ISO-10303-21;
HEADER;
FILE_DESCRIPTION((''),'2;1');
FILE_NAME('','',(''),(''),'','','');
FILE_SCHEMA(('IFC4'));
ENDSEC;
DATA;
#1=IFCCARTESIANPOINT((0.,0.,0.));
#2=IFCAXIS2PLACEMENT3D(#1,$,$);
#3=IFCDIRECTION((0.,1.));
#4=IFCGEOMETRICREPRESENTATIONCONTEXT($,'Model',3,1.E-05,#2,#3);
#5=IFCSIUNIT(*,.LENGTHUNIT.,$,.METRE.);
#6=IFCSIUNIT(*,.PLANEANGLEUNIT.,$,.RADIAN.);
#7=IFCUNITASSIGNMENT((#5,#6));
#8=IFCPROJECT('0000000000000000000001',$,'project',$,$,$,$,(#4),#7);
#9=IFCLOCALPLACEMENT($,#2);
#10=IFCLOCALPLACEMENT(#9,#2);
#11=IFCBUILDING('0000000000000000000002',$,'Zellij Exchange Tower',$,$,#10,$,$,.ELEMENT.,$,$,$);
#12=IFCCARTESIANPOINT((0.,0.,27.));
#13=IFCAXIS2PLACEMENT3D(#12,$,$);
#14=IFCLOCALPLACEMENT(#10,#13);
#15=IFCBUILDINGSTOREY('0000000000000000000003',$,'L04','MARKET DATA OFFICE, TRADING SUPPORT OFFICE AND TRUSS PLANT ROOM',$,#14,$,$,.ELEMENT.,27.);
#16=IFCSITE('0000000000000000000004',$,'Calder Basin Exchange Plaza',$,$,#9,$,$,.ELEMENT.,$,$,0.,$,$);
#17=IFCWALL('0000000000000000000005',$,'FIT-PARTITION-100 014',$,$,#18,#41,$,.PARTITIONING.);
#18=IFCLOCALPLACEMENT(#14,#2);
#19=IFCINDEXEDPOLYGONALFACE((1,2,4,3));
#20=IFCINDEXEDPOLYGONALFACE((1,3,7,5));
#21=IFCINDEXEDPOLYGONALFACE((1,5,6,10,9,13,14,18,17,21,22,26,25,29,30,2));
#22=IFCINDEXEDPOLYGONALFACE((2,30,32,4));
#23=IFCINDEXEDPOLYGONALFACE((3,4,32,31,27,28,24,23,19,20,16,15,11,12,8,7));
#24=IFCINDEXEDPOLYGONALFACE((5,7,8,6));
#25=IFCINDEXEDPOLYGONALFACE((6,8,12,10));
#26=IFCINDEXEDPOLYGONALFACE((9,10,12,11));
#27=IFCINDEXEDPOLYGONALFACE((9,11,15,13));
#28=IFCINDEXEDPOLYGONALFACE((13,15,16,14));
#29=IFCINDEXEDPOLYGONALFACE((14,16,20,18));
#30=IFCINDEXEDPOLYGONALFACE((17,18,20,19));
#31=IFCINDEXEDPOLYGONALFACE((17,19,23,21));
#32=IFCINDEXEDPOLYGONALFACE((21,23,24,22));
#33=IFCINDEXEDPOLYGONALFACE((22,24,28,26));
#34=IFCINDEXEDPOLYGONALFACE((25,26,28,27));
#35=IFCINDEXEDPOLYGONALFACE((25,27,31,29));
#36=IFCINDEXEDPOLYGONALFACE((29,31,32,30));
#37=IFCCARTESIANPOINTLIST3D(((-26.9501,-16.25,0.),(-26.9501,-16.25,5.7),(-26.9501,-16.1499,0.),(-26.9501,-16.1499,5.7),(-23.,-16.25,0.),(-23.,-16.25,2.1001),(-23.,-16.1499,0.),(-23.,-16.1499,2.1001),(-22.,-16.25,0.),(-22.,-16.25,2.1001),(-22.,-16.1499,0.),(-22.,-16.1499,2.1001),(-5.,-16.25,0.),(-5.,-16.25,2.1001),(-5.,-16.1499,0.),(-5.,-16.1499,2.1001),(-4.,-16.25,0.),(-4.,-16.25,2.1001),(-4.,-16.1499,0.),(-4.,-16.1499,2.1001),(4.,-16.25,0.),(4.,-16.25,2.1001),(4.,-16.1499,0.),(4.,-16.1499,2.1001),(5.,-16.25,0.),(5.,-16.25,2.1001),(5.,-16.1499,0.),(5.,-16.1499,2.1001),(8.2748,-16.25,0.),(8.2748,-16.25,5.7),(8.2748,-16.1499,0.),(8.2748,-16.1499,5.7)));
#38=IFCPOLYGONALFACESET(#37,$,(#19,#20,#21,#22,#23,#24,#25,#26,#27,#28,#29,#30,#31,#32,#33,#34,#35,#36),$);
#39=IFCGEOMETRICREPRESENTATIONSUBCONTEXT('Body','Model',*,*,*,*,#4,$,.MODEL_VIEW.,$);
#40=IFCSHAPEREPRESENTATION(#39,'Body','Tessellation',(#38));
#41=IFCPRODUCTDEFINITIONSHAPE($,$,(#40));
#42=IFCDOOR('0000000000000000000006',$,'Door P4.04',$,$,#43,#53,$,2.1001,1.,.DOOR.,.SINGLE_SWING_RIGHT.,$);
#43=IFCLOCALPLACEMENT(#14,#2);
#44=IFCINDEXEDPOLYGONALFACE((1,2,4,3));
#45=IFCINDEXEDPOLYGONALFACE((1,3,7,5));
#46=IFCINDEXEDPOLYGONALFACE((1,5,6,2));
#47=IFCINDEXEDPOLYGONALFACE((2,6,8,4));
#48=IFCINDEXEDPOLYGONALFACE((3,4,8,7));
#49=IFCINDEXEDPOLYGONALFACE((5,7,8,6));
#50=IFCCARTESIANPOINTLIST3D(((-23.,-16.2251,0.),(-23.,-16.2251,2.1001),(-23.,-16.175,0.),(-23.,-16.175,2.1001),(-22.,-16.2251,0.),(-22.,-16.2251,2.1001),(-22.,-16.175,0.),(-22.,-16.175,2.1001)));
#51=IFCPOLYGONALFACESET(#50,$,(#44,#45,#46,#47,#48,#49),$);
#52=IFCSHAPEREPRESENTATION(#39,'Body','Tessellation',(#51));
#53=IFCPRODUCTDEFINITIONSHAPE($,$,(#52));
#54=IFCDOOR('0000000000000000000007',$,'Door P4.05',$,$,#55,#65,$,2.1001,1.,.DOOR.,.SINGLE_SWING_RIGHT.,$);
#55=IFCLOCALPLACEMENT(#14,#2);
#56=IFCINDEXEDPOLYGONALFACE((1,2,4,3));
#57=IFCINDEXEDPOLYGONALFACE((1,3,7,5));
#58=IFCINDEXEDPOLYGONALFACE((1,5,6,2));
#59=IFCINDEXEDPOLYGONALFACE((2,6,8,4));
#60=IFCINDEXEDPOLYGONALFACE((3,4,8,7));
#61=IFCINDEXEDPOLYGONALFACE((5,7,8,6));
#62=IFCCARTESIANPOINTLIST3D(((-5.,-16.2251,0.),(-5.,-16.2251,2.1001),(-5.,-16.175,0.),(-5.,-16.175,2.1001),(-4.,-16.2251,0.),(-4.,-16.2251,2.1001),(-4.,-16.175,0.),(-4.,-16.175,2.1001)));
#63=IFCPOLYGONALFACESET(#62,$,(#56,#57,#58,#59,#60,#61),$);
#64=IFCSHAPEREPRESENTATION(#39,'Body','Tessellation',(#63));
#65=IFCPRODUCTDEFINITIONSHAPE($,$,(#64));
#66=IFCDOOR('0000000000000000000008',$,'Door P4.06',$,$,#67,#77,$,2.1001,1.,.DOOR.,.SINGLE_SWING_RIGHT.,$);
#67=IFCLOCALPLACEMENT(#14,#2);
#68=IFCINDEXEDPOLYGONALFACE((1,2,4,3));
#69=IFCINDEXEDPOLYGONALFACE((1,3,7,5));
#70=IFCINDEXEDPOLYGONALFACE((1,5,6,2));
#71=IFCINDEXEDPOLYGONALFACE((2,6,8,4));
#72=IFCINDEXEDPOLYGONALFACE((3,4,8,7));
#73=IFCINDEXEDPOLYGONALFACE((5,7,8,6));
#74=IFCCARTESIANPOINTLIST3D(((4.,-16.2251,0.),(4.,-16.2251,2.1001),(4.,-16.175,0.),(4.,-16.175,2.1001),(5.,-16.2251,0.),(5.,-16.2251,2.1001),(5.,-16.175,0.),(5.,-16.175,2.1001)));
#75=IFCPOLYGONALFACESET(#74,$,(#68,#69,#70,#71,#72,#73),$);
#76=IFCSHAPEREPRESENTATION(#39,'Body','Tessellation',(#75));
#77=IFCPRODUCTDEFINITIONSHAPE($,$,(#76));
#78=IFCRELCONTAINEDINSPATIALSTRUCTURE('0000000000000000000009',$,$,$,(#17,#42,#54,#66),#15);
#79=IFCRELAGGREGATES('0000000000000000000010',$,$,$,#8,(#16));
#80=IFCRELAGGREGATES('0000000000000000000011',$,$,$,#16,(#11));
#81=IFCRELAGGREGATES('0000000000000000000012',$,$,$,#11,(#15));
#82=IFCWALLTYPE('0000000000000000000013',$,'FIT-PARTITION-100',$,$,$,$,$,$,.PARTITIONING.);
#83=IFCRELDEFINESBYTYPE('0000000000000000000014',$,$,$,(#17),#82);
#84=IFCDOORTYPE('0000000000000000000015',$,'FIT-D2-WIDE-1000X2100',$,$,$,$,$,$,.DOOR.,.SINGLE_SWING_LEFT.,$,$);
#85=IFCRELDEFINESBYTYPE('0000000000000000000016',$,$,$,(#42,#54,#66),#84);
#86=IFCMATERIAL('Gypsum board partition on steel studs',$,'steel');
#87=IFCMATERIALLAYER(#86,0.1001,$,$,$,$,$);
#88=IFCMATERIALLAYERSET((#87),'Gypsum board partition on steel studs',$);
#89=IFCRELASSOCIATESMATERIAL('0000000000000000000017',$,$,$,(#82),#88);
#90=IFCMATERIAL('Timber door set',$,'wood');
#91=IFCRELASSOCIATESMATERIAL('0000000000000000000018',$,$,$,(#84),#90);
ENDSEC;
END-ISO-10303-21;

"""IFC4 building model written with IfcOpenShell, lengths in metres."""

from ifc_helpers import new_model, si_unit, direction, frame, frame_2d, origin, place, context, subcontext, project, spatial, rectangle, extrude, material, layer, layer_set, type_object, element, fill, save


model = new_model("IFC4")

# Units and contexts
model_context = context("Model", 3, precision=1e-05, world=origin(), true_north=direction((0.0, 1.0)))
body_context = subcontext(model_context, "Body", "Model", "MODEL_VIEW")
ifc_project = project(units=[si_unit("LENGTHUNIT", "METRE"), si_unit("PLANEANGLEUNIT", "RADIAN")], contexts=[model_context])

# Site, building, storey
site_placement = place(None, origin())
site = spatial("IfcSite", under=ifc_project, at=site_placement, Name="Calder Basin Exchange Plaza", CompositionType="ELEMENT", RefElevation=0.0)
building_placement = place(site_placement, origin())
building = spatial("IfcBuilding", under=site, at=building_placement, Name="Zellij Exchange Tower", CompositionType="ELEMENT")
storey_placement = place(building_placement, frame((0.0, 0.0, 27.0)))
storey = spatial("IfcBuildingStorey", under=building, at=storey_placement, Name="L04", Description="MARKET DATA OFFICE, TRADING SUPPORT OFFICE AND TRUSS PLANT ROOM", CompositionType="ELEMENT", Elevation=27.0)

# Shared definitions
ifc_material_1 = material(Name="Gypsum board partition on steel studs", Category="steel")
ifc_layer_1 = layer(ifc_material_1, 0.1001)
ifc_layer_set_1 = layer_set([ifc_layer_1], Name="Gypsum board partition on steel studs")
wall_type_1 = type_object("IfcWallType", Name="FIT-PARTITION-100", PredefinedType="PARTITIONING", material=ifc_layer_set_1)

# Wall, openings, doors
wall_1_placement = place(storey_placement, frame((-26.95, -16.2, 0.0), z_axis=(0.0, 0.0, 1.0), x_axis=(1.0, 0.0, 0.0)))
wall_1 = element("IfcWall", 1, at=wall_1_placement, inside=storey, type_object=wall_type_1, Name="FIT-PARTITION-100 014", PredefinedType="PARTITIONING", context=body_context, shape_type="SweptSolid", body=[
    extrude(rectangle(XDim=35.2249, YDim=0.1001, at=frame_2d((17.6123, 0.0))), origin(), (0.0, 0.0, 1.0), 5.7),
])
opening_1_placement = place(wall_1_placement, frame((3.95, 0.0, 0.0)))
opening_1 = element("IfcOpeningElement", 2, at=opening_1_placement, cuts=wall_1, PredefinedType="OPENING", context=body_context, shape_type="SweptSolid", body=[
    extrude(rectangle(XDim=1.0, YDim=2.1001, at=frame_2d((0.5, 1.05))), frame((0.0, 0.062, 0.0), z_axis=(0.0, -1.0, 0.0), x_axis=(1.0, 0.0, 0.0)), (0.0, 0.0, 1.0), 0.124),
])
opening_2_placement = place(wall_1_placement, frame((21.95, 0.0, 0.0)))
opening_2 = element("IfcOpeningElement", 3, at=opening_2_placement, cuts=wall_1, PredefinedType="OPENING", context=body_context, shape_type="SweptSolid", body=[
    extrude(rectangle(XDim=1.0, YDim=2.1001, at=frame_2d((0.5, 1.05))), frame((0.0, 0.062, 0.0), z_axis=(0.0, -1.0, 0.0), x_axis=(1.0, 0.0, 0.0)), (0.0, 0.0, 1.0), 0.124),
])
opening_3_placement = place(wall_1_placement, frame((30.95, 0.0, 0.0)))
opening_3 = element("IfcOpeningElement", 4, at=opening_3_placement, cuts=wall_1, PredefinedType="OPENING", context=body_context, shape_type="SweptSolid", body=[
    extrude(rectangle(XDim=1.0, YDim=2.1001, at=frame_2d((0.5, 1.05))), frame((0.0, 0.062, 0.0), z_axis=(0.0, -1.0, 0.0), x_axis=(1.0, 0.0, 0.0)), (0.0, 0.0, 1.0), 0.124),
])
ifc_material_2 = material(Name="Timber door set", Category="wood")
door_type_1 = type_object("IfcDoorType", Name="FIT-D2-WIDE-1000X2100", OperationType="SINGLE_SWING_LEFT", PredefinedType="DOOR", material=ifc_material_2)
door_1_placement = place(opening_1_placement, origin())
door_1 = element("IfcDoor", 5, at=door_1_placement, inside=storey, type_object=door_type_1, Name="Door P4.04", OperationType="SINGLE_SWING_RIGHT", OverallHeight=2.1001, OverallWidth=1.0, PredefinedType="DOOR", context=body_context, shape_type="SweptSolid", body=[
    extrude(rectangle(XDim=1.0, YDim=2.1001, at=frame_2d((0.5, 1.05))), frame((0.0, 0.0249, 0.0), z_axis=(0.0, -1.0, 0.0), x_axis=(1.0, 0.0, 0.0)), (0.0, 0.0, 1.0), 0.05),
])
fill(opening_1, door_1)
door_2_placement = place(opening_2_placement, origin())
door_2 = element("IfcDoor", 6, at=door_2_placement, inside=storey, type_object=door_type_1, Name="Door P4.05", OperationType="SINGLE_SWING_RIGHT", OverallHeight=2.1001, OverallWidth=1.0, PredefinedType="DOOR", context=body_context, shape_type="SweptSolid", body=[
    extrude(rectangle(XDim=1.0, YDim=2.1001, at=frame_2d((0.5, 1.05))), frame((0.0, 0.0249, 0.0), z_axis=(0.0, -1.0, 0.0), x_axis=(1.0, 0.0, 0.0)), (0.0, 0.0, 1.0), 0.05),
])
fill(opening_2, door_2)
door_3_placement = place(opening_3_placement, origin())
door_3 = element("IfcDoor", 7, at=door_3_placement, inside=storey, type_object=door_type_1, Name="Door P4.06", OperationType="SINGLE_SWING_RIGHT", OverallHeight=2.1001, OverallWidth=1.0, PredefinedType="DOOR", context=body_context, shape_type="SweptSolid", body=[
    extrude(rectangle(XDim=1.0, YDim=2.1001, at=frame_2d((0.5, 1.05))), frame((0.0, 0.0249, 0.0), z_axis=(0.0, -1.0, 0.0), x_axis=(1.0, 0.0, 0.0)), (0.0, 0.0, 1.0), 0.05),
])
fill(opening_3, door_3)

save(model, "model.ifc")
